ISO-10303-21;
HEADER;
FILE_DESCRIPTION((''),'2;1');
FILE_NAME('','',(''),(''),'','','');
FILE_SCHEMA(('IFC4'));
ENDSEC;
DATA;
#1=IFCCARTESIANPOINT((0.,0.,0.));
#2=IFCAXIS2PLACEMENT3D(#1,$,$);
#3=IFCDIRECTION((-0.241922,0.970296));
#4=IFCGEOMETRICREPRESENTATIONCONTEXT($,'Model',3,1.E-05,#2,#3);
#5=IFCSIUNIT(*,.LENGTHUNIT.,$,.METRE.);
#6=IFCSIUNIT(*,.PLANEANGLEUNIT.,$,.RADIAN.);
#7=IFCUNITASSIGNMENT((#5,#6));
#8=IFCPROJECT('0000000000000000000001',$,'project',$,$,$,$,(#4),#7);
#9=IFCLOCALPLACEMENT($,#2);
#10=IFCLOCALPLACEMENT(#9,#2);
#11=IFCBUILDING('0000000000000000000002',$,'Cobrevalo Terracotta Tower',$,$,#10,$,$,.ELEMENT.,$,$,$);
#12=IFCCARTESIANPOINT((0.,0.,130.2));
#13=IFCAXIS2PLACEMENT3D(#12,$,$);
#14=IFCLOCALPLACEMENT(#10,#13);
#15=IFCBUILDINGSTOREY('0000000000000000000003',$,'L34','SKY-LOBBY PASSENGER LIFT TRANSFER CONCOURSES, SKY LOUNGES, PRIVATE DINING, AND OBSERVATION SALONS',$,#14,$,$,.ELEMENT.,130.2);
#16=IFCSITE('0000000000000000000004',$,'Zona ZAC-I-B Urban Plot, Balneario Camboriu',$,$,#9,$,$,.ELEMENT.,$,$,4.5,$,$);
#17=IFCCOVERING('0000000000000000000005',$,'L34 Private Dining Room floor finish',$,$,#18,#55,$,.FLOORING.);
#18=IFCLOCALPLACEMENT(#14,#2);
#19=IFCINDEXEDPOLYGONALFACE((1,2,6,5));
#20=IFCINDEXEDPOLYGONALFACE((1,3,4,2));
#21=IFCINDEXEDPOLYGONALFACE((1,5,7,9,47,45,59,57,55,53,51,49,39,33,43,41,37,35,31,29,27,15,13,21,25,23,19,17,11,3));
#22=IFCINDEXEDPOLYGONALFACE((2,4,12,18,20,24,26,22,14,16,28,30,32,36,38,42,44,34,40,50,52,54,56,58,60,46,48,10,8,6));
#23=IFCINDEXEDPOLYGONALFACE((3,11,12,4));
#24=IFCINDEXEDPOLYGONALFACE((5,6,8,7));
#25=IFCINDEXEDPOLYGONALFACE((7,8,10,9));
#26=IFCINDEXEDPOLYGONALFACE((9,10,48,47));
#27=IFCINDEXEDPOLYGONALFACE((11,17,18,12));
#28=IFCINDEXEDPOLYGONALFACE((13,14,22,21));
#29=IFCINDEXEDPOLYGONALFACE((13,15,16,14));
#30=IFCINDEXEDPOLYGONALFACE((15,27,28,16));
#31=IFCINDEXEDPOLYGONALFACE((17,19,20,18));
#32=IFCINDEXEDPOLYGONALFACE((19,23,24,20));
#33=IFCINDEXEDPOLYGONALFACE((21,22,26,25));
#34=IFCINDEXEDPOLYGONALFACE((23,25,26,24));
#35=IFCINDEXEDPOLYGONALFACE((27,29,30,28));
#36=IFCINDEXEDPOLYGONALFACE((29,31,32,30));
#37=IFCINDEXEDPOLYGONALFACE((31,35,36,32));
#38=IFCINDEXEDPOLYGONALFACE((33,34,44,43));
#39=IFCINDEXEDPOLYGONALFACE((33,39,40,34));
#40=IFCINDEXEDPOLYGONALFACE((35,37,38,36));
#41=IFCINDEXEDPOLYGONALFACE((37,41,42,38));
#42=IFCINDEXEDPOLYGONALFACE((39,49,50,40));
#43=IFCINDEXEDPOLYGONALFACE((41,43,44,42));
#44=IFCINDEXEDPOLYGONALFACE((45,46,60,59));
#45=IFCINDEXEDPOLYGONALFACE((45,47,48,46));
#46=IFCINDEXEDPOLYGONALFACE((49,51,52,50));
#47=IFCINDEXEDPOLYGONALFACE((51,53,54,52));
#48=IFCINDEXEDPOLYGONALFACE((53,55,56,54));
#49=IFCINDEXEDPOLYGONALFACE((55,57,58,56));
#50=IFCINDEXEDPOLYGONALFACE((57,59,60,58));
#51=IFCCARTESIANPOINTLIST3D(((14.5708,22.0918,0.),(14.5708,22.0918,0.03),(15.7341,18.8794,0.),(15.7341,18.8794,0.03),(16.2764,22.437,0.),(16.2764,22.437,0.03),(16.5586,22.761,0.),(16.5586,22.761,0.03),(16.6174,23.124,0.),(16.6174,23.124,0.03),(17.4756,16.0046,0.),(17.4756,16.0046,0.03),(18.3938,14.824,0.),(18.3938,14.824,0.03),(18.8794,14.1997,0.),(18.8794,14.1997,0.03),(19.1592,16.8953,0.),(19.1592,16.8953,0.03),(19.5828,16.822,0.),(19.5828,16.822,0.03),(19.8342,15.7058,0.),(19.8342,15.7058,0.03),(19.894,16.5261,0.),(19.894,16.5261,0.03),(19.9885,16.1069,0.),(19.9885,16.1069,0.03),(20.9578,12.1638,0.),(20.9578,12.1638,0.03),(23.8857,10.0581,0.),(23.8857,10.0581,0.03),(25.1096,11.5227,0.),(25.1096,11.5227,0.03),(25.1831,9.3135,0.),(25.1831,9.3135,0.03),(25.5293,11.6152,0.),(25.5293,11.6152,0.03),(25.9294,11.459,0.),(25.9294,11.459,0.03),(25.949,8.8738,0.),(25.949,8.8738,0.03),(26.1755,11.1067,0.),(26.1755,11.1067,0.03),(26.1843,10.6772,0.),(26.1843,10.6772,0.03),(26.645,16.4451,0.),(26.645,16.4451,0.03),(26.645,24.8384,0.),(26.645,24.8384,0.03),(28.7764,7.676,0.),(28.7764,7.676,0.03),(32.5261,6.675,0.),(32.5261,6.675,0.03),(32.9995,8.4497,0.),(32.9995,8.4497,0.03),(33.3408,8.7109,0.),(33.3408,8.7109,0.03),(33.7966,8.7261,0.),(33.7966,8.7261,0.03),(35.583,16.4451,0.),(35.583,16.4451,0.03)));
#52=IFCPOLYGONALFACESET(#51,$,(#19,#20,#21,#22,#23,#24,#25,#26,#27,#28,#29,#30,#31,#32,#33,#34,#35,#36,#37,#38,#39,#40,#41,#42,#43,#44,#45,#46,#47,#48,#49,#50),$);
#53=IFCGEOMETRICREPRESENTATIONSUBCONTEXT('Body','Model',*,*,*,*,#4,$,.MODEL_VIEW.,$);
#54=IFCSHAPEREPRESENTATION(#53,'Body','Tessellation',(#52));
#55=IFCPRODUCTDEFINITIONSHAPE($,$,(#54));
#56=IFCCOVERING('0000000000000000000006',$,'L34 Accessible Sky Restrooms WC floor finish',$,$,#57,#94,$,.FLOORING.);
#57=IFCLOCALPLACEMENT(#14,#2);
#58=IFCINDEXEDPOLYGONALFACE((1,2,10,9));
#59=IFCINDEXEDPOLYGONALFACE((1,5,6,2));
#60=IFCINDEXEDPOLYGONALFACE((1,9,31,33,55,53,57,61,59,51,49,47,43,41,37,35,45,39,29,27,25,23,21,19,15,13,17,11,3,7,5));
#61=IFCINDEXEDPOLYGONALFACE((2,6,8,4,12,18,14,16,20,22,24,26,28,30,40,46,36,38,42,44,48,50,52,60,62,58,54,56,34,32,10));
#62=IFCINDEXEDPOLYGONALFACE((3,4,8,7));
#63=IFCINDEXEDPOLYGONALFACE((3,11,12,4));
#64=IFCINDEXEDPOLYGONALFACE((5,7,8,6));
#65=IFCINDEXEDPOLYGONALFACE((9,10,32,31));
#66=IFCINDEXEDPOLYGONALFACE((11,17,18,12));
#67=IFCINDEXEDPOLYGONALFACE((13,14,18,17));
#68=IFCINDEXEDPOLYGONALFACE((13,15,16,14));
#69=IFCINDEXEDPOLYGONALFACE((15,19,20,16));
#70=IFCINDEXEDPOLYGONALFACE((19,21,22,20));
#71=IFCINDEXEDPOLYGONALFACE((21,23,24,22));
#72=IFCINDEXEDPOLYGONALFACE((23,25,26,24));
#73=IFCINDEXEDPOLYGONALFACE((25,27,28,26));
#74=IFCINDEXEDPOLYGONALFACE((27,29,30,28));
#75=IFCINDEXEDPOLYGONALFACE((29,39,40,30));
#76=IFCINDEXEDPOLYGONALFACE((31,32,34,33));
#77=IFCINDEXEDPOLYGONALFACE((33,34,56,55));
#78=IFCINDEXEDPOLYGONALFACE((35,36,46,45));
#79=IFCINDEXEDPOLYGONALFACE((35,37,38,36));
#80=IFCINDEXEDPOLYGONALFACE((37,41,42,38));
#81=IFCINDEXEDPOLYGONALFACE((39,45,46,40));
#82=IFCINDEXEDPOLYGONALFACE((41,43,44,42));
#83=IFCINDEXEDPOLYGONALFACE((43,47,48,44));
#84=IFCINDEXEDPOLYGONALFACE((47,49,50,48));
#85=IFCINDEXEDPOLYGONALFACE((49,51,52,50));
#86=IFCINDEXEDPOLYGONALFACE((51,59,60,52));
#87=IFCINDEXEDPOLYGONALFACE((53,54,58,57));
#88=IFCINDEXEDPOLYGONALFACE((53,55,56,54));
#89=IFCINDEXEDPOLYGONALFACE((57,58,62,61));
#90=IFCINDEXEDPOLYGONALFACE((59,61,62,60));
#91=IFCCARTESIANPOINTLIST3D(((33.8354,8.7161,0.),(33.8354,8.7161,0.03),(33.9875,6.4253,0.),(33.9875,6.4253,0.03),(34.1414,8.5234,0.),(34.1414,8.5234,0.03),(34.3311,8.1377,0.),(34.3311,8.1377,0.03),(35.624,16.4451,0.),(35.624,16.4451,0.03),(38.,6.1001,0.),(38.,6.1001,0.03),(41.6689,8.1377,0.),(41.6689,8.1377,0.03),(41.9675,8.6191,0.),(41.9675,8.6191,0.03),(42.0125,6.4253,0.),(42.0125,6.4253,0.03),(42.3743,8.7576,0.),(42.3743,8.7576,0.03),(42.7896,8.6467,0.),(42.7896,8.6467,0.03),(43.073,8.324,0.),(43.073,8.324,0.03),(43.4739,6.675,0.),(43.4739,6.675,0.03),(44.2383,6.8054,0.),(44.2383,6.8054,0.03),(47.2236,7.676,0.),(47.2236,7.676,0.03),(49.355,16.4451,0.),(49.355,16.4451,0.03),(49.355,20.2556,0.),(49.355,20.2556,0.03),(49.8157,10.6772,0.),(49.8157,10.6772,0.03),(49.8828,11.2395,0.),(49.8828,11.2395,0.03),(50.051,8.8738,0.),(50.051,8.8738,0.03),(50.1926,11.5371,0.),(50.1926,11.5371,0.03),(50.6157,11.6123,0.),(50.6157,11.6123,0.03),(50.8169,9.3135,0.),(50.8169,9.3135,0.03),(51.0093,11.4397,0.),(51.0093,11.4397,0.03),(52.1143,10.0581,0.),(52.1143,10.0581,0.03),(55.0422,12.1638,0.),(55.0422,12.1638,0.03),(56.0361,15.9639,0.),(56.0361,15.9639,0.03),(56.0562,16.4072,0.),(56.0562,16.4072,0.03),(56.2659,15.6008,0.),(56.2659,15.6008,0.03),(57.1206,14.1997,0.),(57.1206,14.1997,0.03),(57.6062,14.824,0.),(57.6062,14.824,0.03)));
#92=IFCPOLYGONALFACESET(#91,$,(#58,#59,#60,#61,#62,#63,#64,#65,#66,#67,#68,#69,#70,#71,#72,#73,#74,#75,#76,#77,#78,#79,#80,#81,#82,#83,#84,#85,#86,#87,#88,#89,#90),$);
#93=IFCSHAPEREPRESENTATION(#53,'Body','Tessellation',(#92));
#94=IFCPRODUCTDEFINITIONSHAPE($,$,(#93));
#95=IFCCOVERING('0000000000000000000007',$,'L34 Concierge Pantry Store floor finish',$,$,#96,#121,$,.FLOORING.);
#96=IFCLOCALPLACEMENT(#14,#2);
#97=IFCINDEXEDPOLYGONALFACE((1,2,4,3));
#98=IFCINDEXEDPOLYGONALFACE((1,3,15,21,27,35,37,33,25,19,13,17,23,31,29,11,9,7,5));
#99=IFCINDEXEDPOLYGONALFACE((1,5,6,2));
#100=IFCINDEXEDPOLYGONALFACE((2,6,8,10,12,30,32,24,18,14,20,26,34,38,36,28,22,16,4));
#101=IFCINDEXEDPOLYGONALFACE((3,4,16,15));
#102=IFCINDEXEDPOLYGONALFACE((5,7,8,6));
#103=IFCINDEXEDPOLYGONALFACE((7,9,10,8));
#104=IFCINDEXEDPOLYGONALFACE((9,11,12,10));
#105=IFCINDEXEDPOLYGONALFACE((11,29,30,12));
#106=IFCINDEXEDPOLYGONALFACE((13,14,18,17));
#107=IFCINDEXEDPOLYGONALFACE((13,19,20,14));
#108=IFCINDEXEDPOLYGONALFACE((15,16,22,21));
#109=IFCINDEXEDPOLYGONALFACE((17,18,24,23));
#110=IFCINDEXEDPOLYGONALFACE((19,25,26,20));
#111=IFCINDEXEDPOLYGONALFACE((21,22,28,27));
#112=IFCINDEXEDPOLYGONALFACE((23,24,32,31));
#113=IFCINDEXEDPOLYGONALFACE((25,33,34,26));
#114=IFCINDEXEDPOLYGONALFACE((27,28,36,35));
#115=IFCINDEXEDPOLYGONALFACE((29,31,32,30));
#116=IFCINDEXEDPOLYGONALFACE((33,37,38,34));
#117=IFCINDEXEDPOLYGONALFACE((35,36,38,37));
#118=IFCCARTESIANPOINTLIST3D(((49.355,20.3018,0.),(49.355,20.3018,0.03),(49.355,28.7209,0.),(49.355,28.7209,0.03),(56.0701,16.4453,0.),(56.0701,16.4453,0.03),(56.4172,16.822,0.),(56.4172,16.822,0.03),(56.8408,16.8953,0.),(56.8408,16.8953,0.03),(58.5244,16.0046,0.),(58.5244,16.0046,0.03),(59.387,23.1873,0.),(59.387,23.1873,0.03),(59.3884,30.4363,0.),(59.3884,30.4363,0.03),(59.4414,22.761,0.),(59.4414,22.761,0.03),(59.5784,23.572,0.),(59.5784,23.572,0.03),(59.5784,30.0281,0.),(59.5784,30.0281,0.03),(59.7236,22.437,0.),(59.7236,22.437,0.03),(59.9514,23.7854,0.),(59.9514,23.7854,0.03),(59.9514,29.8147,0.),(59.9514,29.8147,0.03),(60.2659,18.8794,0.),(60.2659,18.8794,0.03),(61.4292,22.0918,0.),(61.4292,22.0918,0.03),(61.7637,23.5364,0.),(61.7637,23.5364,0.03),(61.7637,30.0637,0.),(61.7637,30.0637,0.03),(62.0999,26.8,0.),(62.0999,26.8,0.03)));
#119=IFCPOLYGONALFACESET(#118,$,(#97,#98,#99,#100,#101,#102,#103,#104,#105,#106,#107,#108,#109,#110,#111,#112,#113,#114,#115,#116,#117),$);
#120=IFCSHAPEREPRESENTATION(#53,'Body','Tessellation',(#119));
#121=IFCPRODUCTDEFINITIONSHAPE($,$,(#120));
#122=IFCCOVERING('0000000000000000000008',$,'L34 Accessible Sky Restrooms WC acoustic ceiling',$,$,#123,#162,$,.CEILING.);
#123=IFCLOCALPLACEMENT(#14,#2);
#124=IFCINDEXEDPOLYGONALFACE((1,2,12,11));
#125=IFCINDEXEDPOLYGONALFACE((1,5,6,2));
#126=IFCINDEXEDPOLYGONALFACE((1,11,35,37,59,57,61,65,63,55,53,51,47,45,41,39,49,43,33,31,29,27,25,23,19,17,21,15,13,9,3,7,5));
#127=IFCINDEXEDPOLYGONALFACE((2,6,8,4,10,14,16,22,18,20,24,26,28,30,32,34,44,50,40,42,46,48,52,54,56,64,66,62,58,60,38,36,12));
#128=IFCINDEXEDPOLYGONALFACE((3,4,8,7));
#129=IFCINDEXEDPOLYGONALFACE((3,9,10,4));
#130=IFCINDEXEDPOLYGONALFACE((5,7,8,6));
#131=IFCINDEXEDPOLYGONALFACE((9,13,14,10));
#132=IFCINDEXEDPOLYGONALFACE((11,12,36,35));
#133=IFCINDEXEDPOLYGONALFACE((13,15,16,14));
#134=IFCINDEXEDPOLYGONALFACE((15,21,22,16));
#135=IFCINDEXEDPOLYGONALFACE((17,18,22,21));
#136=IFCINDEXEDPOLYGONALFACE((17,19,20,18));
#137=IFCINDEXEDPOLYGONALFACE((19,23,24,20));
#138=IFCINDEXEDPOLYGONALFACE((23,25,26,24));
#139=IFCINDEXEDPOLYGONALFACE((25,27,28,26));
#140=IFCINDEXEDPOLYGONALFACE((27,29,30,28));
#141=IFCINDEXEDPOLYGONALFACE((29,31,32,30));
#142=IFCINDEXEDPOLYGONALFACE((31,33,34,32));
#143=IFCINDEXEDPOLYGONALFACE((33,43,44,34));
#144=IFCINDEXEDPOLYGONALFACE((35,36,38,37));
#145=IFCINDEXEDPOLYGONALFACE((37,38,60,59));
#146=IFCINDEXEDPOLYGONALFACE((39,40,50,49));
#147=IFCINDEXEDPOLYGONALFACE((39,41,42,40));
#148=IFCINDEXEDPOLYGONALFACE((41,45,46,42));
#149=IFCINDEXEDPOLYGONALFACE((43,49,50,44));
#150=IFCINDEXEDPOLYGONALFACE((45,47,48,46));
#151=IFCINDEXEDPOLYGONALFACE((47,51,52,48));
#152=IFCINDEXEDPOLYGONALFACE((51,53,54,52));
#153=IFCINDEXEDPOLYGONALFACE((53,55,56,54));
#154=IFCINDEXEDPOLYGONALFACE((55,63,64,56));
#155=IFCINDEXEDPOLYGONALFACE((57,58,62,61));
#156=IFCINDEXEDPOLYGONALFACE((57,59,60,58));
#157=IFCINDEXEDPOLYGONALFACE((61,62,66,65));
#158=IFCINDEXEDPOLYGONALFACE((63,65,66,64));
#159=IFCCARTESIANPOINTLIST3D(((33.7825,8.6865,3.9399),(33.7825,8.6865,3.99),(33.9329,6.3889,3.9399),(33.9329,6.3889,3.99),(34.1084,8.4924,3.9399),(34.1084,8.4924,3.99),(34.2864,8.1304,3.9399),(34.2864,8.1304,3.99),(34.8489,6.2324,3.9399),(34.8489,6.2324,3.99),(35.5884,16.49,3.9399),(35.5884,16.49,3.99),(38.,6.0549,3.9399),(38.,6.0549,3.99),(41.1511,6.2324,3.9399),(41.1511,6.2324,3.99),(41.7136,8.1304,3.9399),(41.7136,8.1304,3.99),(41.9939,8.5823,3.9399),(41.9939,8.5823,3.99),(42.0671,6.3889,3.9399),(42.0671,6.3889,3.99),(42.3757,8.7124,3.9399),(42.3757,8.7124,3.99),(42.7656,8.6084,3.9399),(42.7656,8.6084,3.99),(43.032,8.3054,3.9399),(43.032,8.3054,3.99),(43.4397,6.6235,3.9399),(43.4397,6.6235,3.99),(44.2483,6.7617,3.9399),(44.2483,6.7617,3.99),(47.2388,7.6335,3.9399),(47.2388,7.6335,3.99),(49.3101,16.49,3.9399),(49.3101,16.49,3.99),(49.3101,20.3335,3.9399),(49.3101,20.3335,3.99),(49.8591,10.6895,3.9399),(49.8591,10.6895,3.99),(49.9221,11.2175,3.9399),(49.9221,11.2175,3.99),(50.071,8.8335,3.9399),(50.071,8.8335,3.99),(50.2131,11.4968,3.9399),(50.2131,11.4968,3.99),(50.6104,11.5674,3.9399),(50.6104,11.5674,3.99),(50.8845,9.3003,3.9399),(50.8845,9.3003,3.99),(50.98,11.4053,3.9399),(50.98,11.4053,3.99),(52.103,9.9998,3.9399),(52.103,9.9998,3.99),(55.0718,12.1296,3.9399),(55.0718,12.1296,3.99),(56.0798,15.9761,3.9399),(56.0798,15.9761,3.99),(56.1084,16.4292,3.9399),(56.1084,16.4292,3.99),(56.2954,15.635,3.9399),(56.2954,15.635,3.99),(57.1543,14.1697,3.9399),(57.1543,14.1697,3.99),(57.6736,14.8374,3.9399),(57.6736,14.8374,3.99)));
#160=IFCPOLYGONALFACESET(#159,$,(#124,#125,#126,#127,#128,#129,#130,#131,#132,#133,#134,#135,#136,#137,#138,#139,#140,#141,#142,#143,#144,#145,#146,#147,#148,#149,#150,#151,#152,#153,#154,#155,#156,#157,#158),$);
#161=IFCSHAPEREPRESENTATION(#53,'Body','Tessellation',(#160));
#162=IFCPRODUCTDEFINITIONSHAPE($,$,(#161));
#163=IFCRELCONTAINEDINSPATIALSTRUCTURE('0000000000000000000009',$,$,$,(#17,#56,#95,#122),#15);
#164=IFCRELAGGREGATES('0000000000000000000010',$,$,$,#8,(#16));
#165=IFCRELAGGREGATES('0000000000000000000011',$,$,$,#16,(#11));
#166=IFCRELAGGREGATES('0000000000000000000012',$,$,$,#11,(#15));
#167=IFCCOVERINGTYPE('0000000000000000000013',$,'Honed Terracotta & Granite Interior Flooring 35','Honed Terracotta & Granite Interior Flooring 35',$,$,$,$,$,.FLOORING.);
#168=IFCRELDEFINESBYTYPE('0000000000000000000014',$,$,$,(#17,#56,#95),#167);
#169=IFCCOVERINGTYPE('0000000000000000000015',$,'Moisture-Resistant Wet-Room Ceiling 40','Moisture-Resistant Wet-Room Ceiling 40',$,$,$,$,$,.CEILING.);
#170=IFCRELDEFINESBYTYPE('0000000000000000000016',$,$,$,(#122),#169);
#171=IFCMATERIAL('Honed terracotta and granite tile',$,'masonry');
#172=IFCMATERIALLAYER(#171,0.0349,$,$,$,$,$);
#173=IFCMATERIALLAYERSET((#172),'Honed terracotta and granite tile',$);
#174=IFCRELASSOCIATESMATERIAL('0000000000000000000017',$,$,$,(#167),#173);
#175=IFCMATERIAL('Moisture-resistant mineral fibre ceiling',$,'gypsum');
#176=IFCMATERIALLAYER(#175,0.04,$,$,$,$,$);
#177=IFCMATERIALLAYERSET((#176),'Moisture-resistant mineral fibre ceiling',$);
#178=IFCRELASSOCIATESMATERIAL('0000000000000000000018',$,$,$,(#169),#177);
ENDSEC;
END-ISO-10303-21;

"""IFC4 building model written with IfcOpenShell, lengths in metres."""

from ifc_helpers import new_model, si_unit, direction, frame, origin, place, context, subcontext, project, spatial, polyline, outline, extrude, material, layer, layer_set, type_object, element, save


model = new_model("IFC4")

# Units and contexts
model_context = context("Model", 3, precision=1e-05, world=origin(), true_north=direction((-0.241922, 0.970296)))
body_context = subcontext(model_context, "Body", "Model", "MODEL_VIEW")
ifc_project = project(units=[si_unit("LENGTHUNIT", "METRE"), si_unit("PLANEANGLEUNIT", "RADIAN")], contexts=[model_context])

# Site, building, storey
site_placement = place(None, origin())
site = spatial("IfcSite", under=ifc_project, at=site_placement, Name="Zona ZAC-I-B Urban Plot, Balneario Camboriu", CompositionType="ELEMENT", RefElevation=4.5)
building_placement = place(site_placement, origin())
building = spatial("IfcBuilding", under=site, at=building_placement, Name="Cobrevalo Terracotta Tower", CompositionType="ELEMENT")
storey_placement = place(building_placement, frame((0.0, 0.0, 130.2)))
storey = spatial("IfcBuildingStorey", under=building, at=storey_placement, Name="L34", Description="SKY-LOBBY PASSENGER LIFT TRANSFER CONCOURSES, SKY LOUNGES, PRIVATE DINING, AND OBSERVATION SALONS", CompositionType="ELEMENT", Elevation=130.2)

# Coverings
ifc_material_1 = material(Name="Honed terracotta and granite tile", Category="masonry")
ifc_layer_1 = layer(ifc_material_1, 0.0349)
ifc_layer_set_1 = layer_set([ifc_layer_1], Name="Honed terracotta and granite tile")
covering_type_1 = type_object("IfcCoveringType", Name="Honed Terracotta & Granite Interior Flooring 35", Description="Honed Terracotta & Granite Interior Flooring 35", PredefinedType="FLOORING", material=ifc_layer_set_1)
covering_1_placement = place(storey_placement, origin())
element("IfcCovering", 1, at=covering_1_placement, inside=storey, type_object=covering_type_1, Name="L34 Private Dining Room floor finish", PredefinedType="FLOORING", context=body_context, shape_type="SweptSolid", body=[
    extrude(outline(polyline([(28.7764, 7.676), (25.949, 8.8738), (25.1831, 9.3135), (26.1843, 10.6772), (26.1755, 11.1067), (25.9294, 11.459), (25.5293, 11.6152), (25.1096, 11.5227), (23.8857, 10.0581), (20.9578, 12.1638), (18.8794, 14.1997), (18.3938, 14.824), (19.8342, 15.7058), (19.9885, 16.1069), (19.894, 16.5261), (19.5828, 16.822), (19.1592, 16.8953), (17.4756, 16.0046), (15.7341, 18.8794), (14.5708, 22.0918), (16.2764, 22.437), (16.5586, 22.761), (16.6174, 23.124), (26.645, 24.8384), (26.645, 16.4451), (35.583, 16.4451), (33.7966, 8.7261), (33.3408, 8.7109), (32.9995, 8.4497), (32.5261, 6.675), (28.7764, 7.676)])), origin(), (0.0, 0.0, 1.0), 0.03),
])
covering_2_placement = place(storey_placement, origin())
element("IfcCovering", 2, at=covering_2_placement, inside=storey, type_object=covering_type_1, Name="L34 Accessible Sky Restrooms WC floor finish", PredefinedType="FLOORING", context=body_context, shape_type="SweptSolid", body=[
    extrude(outline(polyline([(55.0422, 12.1638), (52.1143, 10.0581), (51.0093, 11.4397), (50.6157, 11.6123), (50.1926, 11.5371), (49.8828, 11.2395), (49.8157, 10.6772), (50.8169, 9.3135), (50.051, 8.8738), (47.2236, 7.676), (44.2383, 6.8054), (43.4739, 6.675), (43.073, 8.324), (42.7896, 8.6467), (42.3743, 8.7576), (41.9675, 8.6191), (41.6689, 8.1377), (42.0125, 6.4253), (38.0, 6.1001), (33.9875, 6.4253), (34.3311, 8.1377), (34.1414, 8.5234), (33.8354, 8.7161), (35.624, 16.4451), (49.355, 16.4451), (49.355, 20.2556), (56.0562, 16.4072), (56.0361, 15.9639), (56.2659, 15.6008), (57.6062, 14.824), (57.1206, 14.1997), (55.0422, 12.1638)])), origin(), (0.0, 0.0, 1.0), 0.03),
])
covering_3_placement = place(storey_placement, origin())
element("IfcCovering", 3, at=covering_3_placement, inside=storey, type_object=covering_type_1, Name="L34 Concierge Pantry Store floor finish", PredefinedType="FLOORING", context=body_context, shape_type="SweptSolid", body=[
    extrude(outline(polyline([(60.2659, 18.8794), (58.5244, 16.0046), (56.8408, 16.8953), (56.4172, 16.822), (56.0701, 16.4453), (49.355, 20.3018), (49.355, 28.7209), (59.3884, 30.4363), (59.5784, 30.0281), (59.9514, 29.8147), (61.7637, 30.0637), (62.0999, 26.8), (61.7637, 23.5364), (59.9514, 23.7854), (59.5784, 23.572), (59.387, 23.1873), (59.4414, 22.761), (59.7236, 22.437), (61.4292, 22.0918), (60.2659, 18.8794)])), origin(), (0.0, 0.0, 1.0), 0.03),
])
ifc_material_2 = material(Name="Moisture-resistant mineral fibre ceiling", Category="gypsum")
ifc_layer_2 = layer(ifc_material_2, 0.04)
ifc_layer_set_2 = layer_set([ifc_layer_2], Name="Moisture-resistant mineral fibre ceiling")
covering_type_2 = type_object("IfcCoveringType", Name="Moisture-Resistant Wet-Room Ceiling 40", Description="Moisture-Resistant Wet-Room Ceiling 40", PredefinedType="CEILING", material=ifc_layer_set_2)
covering_4_placement = place(storey_placement, frame((0.0, 0.0, 3.9399)))
element("IfcCovering", 4, at=covering_4_placement, inside=storey, type_object=covering_type_2, Name="L34 Accessible Sky Restrooms WC acoustic ceiling", PredefinedType="CEILING", context=body_context, shape_type="SweptSolid", body=[
    extrude(outline(polyline([(55.0718, 12.1296), (52.103, 9.9998), (50.98, 11.4053), (50.6104, 11.5674), (50.2131, 11.4968), (49.9221, 11.2175), (49.8591, 10.6895), (50.8845, 9.3003), (50.071, 8.8335), (47.2388, 7.6335), (44.2483, 6.7617), (43.4397, 6.6235), (43.032, 8.3054), (42.7656, 8.6084), (42.3757, 8.7124), (41.9939, 8.5823), (41.7136, 8.1304), (42.0671, 6.3889), (41.1511, 6.2324), (38.0, 6.0549), (34.8489, 6.2324), (33.9329, 6.3889), (34.2864, 8.1304), (34.1084, 8.4924), (33.7825, 8.6865), (35.5884, 16.49), (49.3101, 16.49), (49.3101, 20.3335), (56.1084, 16.4292), (56.0798, 15.9761), (56.2954, 15.635), (57.6736, 14.8374), (57.1543, 14.1697), (55.0718, 12.1296)])), origin(), (0.0, 0.0, 1.0), 0.05),
])

save(model, "model.ifc")
